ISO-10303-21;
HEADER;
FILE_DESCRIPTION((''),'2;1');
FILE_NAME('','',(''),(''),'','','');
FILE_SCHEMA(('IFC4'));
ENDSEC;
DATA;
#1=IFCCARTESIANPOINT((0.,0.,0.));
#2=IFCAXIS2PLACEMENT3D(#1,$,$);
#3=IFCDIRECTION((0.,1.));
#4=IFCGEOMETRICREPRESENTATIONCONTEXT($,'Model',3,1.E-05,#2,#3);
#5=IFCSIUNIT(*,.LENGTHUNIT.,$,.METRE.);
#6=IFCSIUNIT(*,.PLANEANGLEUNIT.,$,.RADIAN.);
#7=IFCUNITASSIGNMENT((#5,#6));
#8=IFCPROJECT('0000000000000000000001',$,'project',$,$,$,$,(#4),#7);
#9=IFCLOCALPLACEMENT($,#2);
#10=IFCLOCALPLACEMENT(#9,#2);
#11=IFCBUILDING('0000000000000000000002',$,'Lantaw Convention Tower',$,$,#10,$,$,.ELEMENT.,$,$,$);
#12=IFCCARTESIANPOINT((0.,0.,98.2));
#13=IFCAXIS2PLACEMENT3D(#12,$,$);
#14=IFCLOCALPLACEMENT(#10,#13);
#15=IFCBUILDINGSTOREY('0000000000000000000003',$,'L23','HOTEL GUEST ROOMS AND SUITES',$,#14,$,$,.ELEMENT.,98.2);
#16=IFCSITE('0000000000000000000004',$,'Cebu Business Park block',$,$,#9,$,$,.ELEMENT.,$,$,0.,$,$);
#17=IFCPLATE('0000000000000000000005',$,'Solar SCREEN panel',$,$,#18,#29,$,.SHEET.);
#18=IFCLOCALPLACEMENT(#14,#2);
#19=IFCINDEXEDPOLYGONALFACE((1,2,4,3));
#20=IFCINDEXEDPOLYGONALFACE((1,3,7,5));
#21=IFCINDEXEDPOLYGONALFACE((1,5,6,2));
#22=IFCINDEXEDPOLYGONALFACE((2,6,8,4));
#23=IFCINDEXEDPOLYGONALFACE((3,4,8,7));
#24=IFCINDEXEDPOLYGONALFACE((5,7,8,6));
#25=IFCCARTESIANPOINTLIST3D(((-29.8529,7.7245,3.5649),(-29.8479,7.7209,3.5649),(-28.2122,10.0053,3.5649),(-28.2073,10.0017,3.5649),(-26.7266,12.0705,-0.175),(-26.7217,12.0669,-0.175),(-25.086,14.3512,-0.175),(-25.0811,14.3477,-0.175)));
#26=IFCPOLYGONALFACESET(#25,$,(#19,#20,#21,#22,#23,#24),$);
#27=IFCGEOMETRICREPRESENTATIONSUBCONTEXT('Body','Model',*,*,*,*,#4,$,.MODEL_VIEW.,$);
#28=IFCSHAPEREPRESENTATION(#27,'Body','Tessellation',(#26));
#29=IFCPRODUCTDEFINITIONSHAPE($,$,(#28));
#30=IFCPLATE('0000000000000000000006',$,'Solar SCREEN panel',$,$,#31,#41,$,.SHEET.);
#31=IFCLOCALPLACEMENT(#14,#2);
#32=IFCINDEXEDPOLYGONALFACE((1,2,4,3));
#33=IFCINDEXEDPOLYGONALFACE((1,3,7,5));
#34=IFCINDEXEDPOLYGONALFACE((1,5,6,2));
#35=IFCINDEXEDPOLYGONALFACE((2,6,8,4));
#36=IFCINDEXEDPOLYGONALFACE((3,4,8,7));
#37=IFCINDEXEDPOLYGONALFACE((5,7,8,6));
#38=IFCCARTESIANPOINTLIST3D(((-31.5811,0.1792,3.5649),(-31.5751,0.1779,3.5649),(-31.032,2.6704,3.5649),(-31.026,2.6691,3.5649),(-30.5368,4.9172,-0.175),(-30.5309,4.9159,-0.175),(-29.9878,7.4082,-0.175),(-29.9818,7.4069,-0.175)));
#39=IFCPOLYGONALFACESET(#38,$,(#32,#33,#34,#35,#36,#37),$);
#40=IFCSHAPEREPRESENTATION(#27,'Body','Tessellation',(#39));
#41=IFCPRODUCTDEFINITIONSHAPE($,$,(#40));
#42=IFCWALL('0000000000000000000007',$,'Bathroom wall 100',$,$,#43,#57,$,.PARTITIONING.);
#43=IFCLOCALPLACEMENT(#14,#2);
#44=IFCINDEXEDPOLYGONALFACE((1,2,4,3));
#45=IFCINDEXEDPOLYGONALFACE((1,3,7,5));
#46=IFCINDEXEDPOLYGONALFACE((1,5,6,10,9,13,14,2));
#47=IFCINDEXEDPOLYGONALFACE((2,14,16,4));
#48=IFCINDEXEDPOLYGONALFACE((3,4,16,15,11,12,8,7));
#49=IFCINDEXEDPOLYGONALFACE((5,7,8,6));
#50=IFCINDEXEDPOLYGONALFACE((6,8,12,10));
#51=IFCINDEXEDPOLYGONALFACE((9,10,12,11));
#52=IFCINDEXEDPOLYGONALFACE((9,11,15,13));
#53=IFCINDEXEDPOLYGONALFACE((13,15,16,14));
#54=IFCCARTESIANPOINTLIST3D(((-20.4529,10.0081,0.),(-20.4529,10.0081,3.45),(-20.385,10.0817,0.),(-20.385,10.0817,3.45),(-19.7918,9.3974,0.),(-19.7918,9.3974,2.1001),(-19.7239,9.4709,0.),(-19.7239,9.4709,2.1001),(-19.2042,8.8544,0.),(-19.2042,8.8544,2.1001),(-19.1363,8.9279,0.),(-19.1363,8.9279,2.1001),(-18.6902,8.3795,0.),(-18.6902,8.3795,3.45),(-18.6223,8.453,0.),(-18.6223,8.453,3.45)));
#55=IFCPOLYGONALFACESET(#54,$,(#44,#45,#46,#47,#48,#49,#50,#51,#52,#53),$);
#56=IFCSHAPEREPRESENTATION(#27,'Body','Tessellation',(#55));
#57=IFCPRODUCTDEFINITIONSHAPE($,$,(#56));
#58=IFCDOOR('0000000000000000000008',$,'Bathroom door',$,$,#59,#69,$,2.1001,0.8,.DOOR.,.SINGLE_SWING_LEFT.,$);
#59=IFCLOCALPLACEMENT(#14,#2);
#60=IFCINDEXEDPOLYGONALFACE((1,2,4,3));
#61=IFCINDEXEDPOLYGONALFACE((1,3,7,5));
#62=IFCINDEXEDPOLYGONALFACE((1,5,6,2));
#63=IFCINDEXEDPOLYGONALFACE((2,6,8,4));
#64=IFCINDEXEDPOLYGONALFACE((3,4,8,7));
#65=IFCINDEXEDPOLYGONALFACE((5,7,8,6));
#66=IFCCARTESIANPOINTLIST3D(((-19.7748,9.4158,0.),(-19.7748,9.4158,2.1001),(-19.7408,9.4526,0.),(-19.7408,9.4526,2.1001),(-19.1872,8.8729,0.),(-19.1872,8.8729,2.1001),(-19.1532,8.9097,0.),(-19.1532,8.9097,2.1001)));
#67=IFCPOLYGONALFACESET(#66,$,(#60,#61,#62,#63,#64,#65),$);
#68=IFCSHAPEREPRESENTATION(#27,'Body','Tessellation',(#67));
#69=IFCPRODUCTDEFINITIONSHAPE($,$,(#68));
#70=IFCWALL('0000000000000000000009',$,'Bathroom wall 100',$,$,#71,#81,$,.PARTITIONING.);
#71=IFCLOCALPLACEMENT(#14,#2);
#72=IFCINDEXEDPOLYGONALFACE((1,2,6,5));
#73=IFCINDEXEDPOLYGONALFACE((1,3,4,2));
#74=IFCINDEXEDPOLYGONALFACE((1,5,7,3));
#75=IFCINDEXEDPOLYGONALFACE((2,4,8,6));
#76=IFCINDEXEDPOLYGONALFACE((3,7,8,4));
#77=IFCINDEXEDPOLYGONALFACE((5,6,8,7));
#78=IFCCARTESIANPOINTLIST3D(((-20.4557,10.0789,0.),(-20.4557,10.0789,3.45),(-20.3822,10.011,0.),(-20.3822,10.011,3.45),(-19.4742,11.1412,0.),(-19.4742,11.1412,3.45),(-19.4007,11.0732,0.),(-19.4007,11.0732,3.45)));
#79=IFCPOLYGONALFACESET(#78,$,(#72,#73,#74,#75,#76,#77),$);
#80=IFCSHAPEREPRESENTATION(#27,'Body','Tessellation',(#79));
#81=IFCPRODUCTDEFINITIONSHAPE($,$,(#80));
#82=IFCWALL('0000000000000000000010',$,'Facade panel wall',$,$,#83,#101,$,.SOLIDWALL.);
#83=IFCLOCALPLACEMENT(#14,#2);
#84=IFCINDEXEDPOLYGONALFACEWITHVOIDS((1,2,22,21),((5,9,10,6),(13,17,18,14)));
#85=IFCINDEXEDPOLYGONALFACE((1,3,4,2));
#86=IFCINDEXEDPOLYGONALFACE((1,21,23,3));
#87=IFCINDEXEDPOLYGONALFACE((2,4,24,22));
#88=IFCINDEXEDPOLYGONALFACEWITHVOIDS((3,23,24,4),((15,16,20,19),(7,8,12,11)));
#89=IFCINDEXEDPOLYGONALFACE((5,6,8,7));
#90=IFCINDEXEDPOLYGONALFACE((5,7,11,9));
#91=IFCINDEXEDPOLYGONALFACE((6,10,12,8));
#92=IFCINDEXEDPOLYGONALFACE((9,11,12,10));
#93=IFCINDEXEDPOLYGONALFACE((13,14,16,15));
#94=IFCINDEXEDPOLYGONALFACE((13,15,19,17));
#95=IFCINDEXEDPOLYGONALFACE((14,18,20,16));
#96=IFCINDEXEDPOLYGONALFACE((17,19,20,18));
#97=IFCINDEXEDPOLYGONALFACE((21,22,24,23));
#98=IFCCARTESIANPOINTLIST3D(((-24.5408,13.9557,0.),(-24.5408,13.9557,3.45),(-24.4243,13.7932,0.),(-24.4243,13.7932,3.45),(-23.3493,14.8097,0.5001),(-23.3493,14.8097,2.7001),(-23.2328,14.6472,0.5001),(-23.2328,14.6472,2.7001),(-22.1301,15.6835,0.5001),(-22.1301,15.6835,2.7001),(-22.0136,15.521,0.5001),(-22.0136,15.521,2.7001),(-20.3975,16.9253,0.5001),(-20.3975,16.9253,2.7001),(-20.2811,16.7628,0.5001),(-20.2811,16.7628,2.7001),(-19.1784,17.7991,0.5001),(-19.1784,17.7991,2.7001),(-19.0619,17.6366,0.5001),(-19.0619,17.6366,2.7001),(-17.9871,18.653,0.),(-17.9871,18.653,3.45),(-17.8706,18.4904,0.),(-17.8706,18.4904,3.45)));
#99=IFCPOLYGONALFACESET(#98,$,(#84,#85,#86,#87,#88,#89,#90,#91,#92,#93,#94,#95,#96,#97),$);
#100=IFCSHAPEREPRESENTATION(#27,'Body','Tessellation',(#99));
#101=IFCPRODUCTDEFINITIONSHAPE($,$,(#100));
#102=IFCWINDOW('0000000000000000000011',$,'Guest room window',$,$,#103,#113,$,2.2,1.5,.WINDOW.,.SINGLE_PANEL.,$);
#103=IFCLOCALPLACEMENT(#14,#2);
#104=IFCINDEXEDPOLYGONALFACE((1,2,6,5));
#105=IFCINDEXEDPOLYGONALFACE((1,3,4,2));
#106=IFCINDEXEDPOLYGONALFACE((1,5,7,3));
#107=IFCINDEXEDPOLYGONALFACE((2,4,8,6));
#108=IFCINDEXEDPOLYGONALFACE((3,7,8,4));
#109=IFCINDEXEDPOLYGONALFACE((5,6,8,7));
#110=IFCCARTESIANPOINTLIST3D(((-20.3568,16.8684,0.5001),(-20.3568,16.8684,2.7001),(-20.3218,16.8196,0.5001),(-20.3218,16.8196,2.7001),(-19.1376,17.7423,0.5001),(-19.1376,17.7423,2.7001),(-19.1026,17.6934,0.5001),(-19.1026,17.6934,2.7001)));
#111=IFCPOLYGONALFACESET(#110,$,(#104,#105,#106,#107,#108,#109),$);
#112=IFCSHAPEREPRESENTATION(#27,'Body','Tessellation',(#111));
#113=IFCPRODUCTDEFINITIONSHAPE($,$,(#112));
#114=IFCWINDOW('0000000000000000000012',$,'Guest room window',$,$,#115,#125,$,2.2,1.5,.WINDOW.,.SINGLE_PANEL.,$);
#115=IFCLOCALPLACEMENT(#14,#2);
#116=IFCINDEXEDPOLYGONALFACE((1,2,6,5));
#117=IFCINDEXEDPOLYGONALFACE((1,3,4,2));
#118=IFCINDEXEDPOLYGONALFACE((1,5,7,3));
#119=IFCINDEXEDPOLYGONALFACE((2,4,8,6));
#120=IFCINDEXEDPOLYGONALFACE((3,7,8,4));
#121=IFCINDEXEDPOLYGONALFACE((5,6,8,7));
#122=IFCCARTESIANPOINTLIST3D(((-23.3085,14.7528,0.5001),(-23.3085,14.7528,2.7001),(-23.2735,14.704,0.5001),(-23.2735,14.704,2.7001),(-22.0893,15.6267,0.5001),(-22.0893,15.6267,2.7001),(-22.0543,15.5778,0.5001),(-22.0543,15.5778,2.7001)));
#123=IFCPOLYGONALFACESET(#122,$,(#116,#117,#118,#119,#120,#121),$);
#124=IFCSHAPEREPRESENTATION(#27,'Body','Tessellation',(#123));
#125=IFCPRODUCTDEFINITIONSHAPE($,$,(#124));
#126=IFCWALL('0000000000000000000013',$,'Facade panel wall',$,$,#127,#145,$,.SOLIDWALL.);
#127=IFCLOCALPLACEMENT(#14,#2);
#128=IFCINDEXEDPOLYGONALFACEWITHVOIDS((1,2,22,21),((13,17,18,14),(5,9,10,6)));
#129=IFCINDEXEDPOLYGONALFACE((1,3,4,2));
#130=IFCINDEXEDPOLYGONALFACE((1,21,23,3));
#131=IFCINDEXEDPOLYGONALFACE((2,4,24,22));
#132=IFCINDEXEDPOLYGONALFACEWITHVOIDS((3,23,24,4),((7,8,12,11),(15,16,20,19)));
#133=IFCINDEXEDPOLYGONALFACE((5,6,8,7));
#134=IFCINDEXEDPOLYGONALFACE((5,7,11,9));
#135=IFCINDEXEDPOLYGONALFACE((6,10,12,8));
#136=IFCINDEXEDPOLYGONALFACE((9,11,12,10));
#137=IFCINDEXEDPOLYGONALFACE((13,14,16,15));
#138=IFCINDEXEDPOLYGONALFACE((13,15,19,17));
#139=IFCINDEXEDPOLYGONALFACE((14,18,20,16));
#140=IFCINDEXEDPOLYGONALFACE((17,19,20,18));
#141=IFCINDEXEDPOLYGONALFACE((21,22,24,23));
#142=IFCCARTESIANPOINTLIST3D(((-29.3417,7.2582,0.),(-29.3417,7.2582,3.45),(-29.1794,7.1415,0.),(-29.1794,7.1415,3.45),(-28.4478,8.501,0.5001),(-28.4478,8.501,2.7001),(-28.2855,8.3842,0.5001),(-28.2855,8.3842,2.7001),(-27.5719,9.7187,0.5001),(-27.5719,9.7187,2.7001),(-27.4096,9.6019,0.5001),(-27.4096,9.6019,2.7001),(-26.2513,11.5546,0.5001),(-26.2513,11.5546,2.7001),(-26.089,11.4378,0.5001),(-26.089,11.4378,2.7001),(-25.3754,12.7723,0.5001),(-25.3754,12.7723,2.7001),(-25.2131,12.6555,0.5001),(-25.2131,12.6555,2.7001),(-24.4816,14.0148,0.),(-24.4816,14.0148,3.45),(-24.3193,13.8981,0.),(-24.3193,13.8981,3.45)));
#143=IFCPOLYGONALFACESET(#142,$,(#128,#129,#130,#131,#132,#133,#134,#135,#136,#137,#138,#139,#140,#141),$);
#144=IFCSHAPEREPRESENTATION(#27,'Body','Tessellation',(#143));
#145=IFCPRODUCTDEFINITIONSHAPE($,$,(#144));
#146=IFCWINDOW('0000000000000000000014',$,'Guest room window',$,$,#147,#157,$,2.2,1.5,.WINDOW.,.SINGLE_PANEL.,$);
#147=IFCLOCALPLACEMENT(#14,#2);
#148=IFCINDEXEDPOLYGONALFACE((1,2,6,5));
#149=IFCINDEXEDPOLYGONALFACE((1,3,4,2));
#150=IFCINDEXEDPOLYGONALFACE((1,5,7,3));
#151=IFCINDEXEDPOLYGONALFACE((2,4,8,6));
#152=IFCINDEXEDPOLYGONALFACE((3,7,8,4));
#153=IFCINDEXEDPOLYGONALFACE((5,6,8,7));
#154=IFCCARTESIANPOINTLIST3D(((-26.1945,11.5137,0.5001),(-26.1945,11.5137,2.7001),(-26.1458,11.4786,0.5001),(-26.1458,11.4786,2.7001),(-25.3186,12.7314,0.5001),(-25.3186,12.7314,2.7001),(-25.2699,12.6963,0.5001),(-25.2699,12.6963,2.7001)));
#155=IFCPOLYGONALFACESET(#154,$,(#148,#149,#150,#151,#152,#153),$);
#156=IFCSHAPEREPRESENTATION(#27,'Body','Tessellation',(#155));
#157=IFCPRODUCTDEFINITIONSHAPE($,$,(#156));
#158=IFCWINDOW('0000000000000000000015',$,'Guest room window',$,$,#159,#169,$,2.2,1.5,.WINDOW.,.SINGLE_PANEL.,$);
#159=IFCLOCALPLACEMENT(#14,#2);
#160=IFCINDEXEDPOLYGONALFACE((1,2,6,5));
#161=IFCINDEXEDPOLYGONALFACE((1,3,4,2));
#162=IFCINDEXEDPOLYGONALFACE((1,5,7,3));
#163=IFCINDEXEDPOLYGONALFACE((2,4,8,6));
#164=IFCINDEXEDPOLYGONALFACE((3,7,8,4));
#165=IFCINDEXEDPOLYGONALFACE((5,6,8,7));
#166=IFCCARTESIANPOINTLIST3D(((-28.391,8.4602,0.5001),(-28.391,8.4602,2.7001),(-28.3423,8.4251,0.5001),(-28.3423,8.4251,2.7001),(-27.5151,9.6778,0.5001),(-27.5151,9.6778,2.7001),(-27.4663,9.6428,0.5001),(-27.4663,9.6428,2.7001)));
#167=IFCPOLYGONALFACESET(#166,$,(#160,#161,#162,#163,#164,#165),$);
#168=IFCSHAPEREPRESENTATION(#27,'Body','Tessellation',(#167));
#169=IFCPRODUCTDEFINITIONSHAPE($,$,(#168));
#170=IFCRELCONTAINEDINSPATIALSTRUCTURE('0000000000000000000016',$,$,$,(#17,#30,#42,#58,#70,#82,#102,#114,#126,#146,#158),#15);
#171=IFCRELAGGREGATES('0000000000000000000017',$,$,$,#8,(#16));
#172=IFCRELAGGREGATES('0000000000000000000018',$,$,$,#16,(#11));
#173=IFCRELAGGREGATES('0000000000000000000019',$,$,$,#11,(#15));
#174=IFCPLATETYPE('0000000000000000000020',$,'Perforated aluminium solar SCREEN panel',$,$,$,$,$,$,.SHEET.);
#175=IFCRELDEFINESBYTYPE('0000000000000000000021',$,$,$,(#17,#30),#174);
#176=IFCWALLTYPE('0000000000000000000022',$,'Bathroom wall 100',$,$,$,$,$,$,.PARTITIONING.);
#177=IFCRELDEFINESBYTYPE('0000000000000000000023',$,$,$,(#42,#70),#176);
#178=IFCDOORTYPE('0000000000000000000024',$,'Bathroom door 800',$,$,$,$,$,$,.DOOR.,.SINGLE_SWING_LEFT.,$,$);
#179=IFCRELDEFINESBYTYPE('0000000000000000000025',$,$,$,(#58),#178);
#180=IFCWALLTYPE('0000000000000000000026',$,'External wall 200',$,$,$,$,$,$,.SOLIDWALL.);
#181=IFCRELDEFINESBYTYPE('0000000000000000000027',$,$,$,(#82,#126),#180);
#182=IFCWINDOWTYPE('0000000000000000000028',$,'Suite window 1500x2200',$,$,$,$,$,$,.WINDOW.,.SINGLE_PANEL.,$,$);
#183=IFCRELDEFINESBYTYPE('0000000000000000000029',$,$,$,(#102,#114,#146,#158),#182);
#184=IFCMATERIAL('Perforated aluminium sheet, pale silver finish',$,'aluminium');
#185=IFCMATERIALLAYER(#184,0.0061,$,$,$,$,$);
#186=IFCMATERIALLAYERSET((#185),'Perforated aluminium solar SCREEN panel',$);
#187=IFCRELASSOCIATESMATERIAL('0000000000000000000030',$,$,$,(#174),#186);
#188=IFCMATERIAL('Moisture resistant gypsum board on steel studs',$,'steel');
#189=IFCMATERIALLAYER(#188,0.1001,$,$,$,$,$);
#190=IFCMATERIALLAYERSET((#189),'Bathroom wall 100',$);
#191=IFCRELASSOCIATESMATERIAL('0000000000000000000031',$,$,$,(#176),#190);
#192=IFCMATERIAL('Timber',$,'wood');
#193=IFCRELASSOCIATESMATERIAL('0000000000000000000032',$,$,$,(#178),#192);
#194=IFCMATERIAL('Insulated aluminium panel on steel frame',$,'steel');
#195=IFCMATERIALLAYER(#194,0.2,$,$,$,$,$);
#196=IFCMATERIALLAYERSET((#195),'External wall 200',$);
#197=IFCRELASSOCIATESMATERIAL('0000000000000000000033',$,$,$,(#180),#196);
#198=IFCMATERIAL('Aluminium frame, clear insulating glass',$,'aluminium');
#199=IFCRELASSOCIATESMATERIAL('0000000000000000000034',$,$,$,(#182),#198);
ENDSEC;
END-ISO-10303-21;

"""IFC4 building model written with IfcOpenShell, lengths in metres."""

from ifc_helpers import new_model, si_unit, direction, frame, frame_2d, origin, place, context, subcontext, project, spatial, polyline, rectangle, outline, extrude, material, layer, layer_set, type_object, element, fill, save


model = new_model("IFC4")

# Units and contexts
model_context = context("Model", 3, precision=1e-05, world=origin(), true_north=direction((0.0, 1.0)))
body_context = subcontext(model_context, "Body", "Model", "MODEL_VIEW")
ifc_project = project(units=[si_unit("LENGTHUNIT", "METRE"), si_unit("PLANEANGLEUNIT", "RADIAN")], contexts=[model_context])

# Site, building, storey
site_placement = place(None, origin())
site = spatial("IfcSite", under=ifc_project, at=site_placement, Name="Cebu Business Park block", CompositionType="ELEMENT", RefElevation=0.0)
building_placement = place(site_placement, origin())
building = spatial("IfcBuilding", under=site, at=building_placement, Name="Lantaw Convention Tower", CompositionType="ELEMENT")
storey_placement = place(building_placement, frame((0.0, 0.0, 98.2)))
storey = spatial("IfcBuildingStorey", under=building, at=storey_placement, Name="L23", Description="HOTEL GUEST ROOMS AND SUITES", CompositionType="ELEMENT", Elevation=98.2)

# Plates
ifc_material_1 = material(Name="Perforated aluminium sheet, pale silver finish", Category="aluminium")
ifc_layer_1 = layer(ifc_material_1, 0.0061)
ifc_layer_set_1 = layer_set([ifc_layer_1], Name="Perforated aluminium solar SCREEN panel")
plate_type = type_object("IfcPlateType", Name="Perforated aluminium solar SCREEN panel", PredefinedType="SHEET", material=ifc_layer_set_1)
plate_1_placement = place(storey_placement, frame((-25.0811, 14.3477, -0.175), z_axis=(0.811791, -0.583948, 0.000009), x_axis=(-0.583948, -0.811791, 0.0)))
element("IfcPlate", 1, at=plate_1_placement, inside=storey, type_object=plate_type, Name="Solar SCREEN panel", PredefinedType="SHEET", context=body_context, shape_type="SweptSolid", body=[
    extrude(outline(polyline([(0.0, 0.0), (2.8095, 0.0), (8.1631, -3.74), (5.3536, -3.74), (0.0, 0.0)])), origin(), (0.0, 0.0, -1.0), 0.0061),
])
plate_2_placement = place(storey_placement, frame((-29.9878, 7.4082, -0.175), z_axis=(-0.976559, 0.215248, 0.00003), x_axis=(-0.215248, -0.976559, 0.0)))
element("IfcPlate", 2, at=plate_2_placement, inside=storey, type_object=plate_type, Name="Solar SCREEN panel", PredefinedType="SHEET", context=body_context, shape_type="SweptSolid", body=[
    extrude(outline(polyline([(0.0, 0.0), (2.5508, 0.0), (7.4025, 3.74), (4.8515, 3.74), (0.0, 0.0)])), origin(), (0.0, 0.0, -1.0), 0.0061),
])

# Wall, opening, door
ifc_material_2 = material(Name="Moisture resistant gypsum board on steel studs", Category="steel")
ifc_layer_2 = layer(ifc_material_2, 0.1001)
ifc_layer_set_2 = layer_set([ifc_layer_2], Name="Bathroom wall 100")
wall_type_1 = type_object("IfcWallType", Name="Bathroom wall 100", PredefinedType="PARTITIONING", material=ifc_layer_set_2)
wall_1_placement = place(storey_placement, frame((-18.6562, 8.4163, 0.0), z_axis=(0.0, 0.0, 1.0), x_axis=(-0.73448, 0.678631, 0.0)))
wall_1 = element("IfcWall", 3, at=wall_1_placement, inside=storey, type_object=wall_type_1, Name="Bathroom wall 100", PredefinedType="PARTITIONING", context=body_context, shape_type="SweptSolid", body=[
    extrude(rectangle(XDim=2.3999, YDim=0.1001, at=frame_2d((1.2, 0.0))), origin(), (0.0, 0.0, 1.0), 3.45),
])
opening_1_placement = place(wall_1_placement, frame((0.7, 0.0, 0.0)))
opening_1 = element("IfcOpeningElement", 4, at=opening_1_placement, cuts=wall_1, PredefinedType="OPENING", context=body_context, shape_type="SweptSolid", body=[
    extrude(rectangle(XDim=0.8, YDim=2.1001, at=frame_2d((0.3999, 1.05))), frame((0.0, 0.0601, 0.0), z_axis=(0.0, -1.0, 0.0), x_axis=(1.0, 0.0, 0.0)), (0.0, 0.0, 1.0), 0.1201),
])
ifc_material_3 = material(Name="Timber", Category="wood")
door_type = type_object("IfcDoorType", Name="Bathroom door 800", OperationType="SINGLE_SWING_LEFT", PredefinedType="DOOR", material=ifc_material_3)
door_placement = place(opening_1_placement, origin())
door = element("IfcDoor", 5, at=door_placement, inside=storey, type_object=door_type, Name="Bathroom door", OperationType="SINGLE_SWING_LEFT", OverallHeight=2.1001, OverallWidth=0.8, PredefinedType="DOOR", context=body_context, shape_type="SweptSolid", body=[
    extrude(rectangle(XDim=0.8, YDim=2.1001, at=frame_2d((0.3999, 1.05))), frame((0.0, 0.0249, 0.0), z_axis=(0.0, -1.0, 0.0), x_axis=(1.0, 0.0, 0.0)), (0.0, 0.0, 1.0), 0.05),
])
fill(opening_1, door)

# Wall
wall_2_placement = place(storey_placement, frame((-20.4189, 10.0449, 0.0), z_axis=(0.0, 0.0, 1.0), x_axis=(0.678617, 0.734493, 0.0)))
element("IfcWall", 6, at=wall_2_placement, inside=storey, type_object=wall_type_1, Name="Bathroom wall 100", PredefinedType="PARTITIONING", context=body_context, shape_type="SweptSolid", body=[
    extrude(rectangle(XDim=1.4463, YDim=0.1001, at=frame_2d((0.7231, 0.0))), origin(), (0.0, 0.0, 1.0), 3.45),
])

# Walls, openings, windows
ifc_material_4 = material(Name="Insulated aluminium panel on steel frame", Category="steel")
ifc_layer_3 = layer(ifc_material_4, 0.2)
ifc_layer_set_3 = layer_set([ifc_layer_3], Name="External wall 200")
wall_type_2 = type_object("IfcWallType", Name="External wall 200", PredefinedType="SOLIDWALL", material=ifc_layer_set_3)
wall_3_placement = place(storey_placement, frame((-17.9287, 18.5718, 0.0), z_axis=(0.0, 0.0, 1.0), x_axis=(-0.812791, -0.582555, 0.0)))
wall_3 = element("IfcWall", 7, at=wall_3_placement, inside=storey, type_object=wall_type_2, Name="Facade panel wall", PredefinedType="SOLIDWALL", context=body_context, shape_type="SweptSolid", body=[
    extrude(rectangle(XDim=8.0632, YDim=0.2, at=frame_2d((4.0317, 0.0))), origin(), (0.0, 0.0, 1.0), 3.45),
])
opening_2_placement = place(wall_3_placement, frame((1.4658, 0.0, 0.5)))
opening_2 = element("IfcOpeningElement", 8, at=opening_2_placement, cuts=wall_3, PredefinedType="OPENING", context=body_context, shape_type="SweptSolid", body=[
    extrude(rectangle(XDim=1.5, YDim=2.2, at=frame_2d((0.75, 1.1001))), frame((0.0, 0.1099, 0.0), z_axis=(0.0, -1.0, 0.0), x_axis=(1.0, 0.0, 0.0)), (0.0, 0.0, 1.0), 0.22),
])
opening_3_placement = place(wall_3_placement, frame((5.0974, 0.0, 0.5)))
opening_3 = element("IfcOpeningElement", 9, at=opening_3_placement, cuts=wall_3, PredefinedType="OPENING", context=body_context, shape_type="SweptSolid", body=[
    extrude(rectangle(XDim=1.5, YDim=2.2, at=frame_2d((0.75, 1.1001))), frame((0.0, 0.1099, 0.0), z_axis=(0.0, -1.0, 0.0), x_axis=(1.0, 0.0, 0.0)), (0.0, 0.0, 1.0), 0.22),
])
ifc_material_5 = material(Name="Aluminium frame, clear insulating glass", Category="aluminium")
window_type = type_object("IfcWindowType", Name="Suite window 1500x2200", PartitioningType="SINGLE_PANEL", PredefinedType="WINDOW", material=ifc_material_5)
window_1_placement = place(opening_2_placement, origin())
window_1 = element("IfcWindow", 10, at=window_1_placement, inside=storey, type_object=window_type, Name="Guest room window", OverallHeight=2.2, OverallWidth=1.5, PartitioningType="SINGLE_PANEL", PredefinedType="WINDOW", context=body_context, shape_type="SweptSolid", body=[
    extrude(rectangle(XDim=1.5, YDim=2.2, at=frame_2d((0.75, 1.1001))), frame((0.0, 0.03, 0.0), z_axis=(0.0, -1.0, 0.0), x_axis=(1.0, 0.0, 0.0)), (0.0, 0.0, 1.0), 0.0601),
])
fill(opening_2, window_1)
window_2_placement = place(opening_3_placement, origin())
window_2 = element("IfcWindow", 11, at=window_2_placement, inside=storey, type_object=window_type, Name="Guest room window", OverallHeight=2.2, OverallWidth=1.5, PartitioningType="SINGLE_PANEL", PredefinedType="WINDOW", context=body_context, shape_type="SweptSolid", body=[
    extrude(rectangle(XDim=1.5, YDim=2.2, at=frame_2d((0.75, 1.1001))), frame((0.0, 0.03, 0.0), z_axis=(0.0, -1.0, 0.0), x_axis=(1.0, 0.0, 0.0)), (0.0, 0.0, 1.0), 0.0601),
])
fill(opening_3, window_2)
wall_4_placement = place(storey_placement, frame((-24.4004, 13.9565, 0.0), z_axis=(0.0, 0.0, 1.0), x_axis=(-0.583938, -0.811799, 0.0)))
wall_4 = element("IfcWall", 12, at=wall_4_placement, inside=storey, type_object=wall_type_2, Name="Facade panel wall", PredefinedType="SOLIDWALL", context=body_context, shape_type="SweptSolid", body=[
    extrude(rectangle(XDim=8.323, YDim=0.2, at=frame_2d((4.1616, 0.0))), origin(), (0.0, 0.0, 1.0), 3.45),
])
opening_4_placement = place(wall_4_placement, frame((1.5308, 0.0, 0.5)))
opening_4 = element("IfcOpeningElement", 13, at=opening_4_placement, cuts=wall_4, PredefinedType="OPENING", context=body_context, shape_type="SweptSolid", body=[
    extrude(rectangle(XDim=1.5, YDim=2.2, at=frame_2d((0.75, 1.1001))), frame((0.0, 0.1099, 0.0), z_axis=(0.0, -1.0, 0.0), x_axis=(1.0, 0.0, 0.0)), (0.0, 0.0, 1.0), 0.22),
])
opening_5_placement = place(wall_4_placement, frame((5.2922, 0.0, 0.5)))
opening_5 = element("IfcOpeningElement", 14, at=opening_5_placement, cuts=wall_4, PredefinedType="OPENING", context=body_context, shape_type="SweptSolid", body=[
    extrude(rectangle(XDim=1.5, YDim=2.2, at=frame_2d((0.75, 1.1001))), frame((0.0, 0.1099, 0.0), z_axis=(0.0, -1.0, 0.0), x_axis=(1.0, 0.0, 0.0)), (0.0, 0.0, 1.0), 0.22),
])
window_3_placement = place(opening_4_placement, origin())
window_3 = element("IfcWindow", 15, at=window_3_placement, inside=storey, type_object=window_type, Name="Guest room window", OverallHeight=2.2, OverallWidth=1.5, PartitioningType="SINGLE_PANEL", PredefinedType="WINDOW", context=body_context, shape_type="SweptSolid", body=[
    extrude(rectangle(XDim=1.5, YDim=2.2, at=frame_2d((0.75, 1.1001))), frame((0.0, 0.03, 0.0), z_axis=(0.0, -1.0, 0.0), x_axis=(1.0, 0.0, 0.0)), (0.0, 0.0, 1.0), 0.0601),
])
fill(opening_4, window_3)
window_4_placement = place(opening_5_placement, origin())
window_4 = element("IfcWindow", 16, at=window_4_placement, inside=storey, type_object=window_type, Name="Guest room window", OverallHeight=2.2, OverallWidth=1.5, PartitioningType="SINGLE_PANEL", PredefinedType="WINDOW", context=body_context, shape_type="SweptSolid", body=[
    extrude(rectangle(XDim=1.5, YDim=2.2, at=frame_2d((0.75, 1.1001))), frame((0.0, 0.03, 0.0), z_axis=(0.0, -1.0, 0.0), x_axis=(1.0, 0.0, 0.0)), (0.0, 0.0, 1.0), 0.0601),
])
fill(opening_5, window_4)

save(model, "model.ifc")
